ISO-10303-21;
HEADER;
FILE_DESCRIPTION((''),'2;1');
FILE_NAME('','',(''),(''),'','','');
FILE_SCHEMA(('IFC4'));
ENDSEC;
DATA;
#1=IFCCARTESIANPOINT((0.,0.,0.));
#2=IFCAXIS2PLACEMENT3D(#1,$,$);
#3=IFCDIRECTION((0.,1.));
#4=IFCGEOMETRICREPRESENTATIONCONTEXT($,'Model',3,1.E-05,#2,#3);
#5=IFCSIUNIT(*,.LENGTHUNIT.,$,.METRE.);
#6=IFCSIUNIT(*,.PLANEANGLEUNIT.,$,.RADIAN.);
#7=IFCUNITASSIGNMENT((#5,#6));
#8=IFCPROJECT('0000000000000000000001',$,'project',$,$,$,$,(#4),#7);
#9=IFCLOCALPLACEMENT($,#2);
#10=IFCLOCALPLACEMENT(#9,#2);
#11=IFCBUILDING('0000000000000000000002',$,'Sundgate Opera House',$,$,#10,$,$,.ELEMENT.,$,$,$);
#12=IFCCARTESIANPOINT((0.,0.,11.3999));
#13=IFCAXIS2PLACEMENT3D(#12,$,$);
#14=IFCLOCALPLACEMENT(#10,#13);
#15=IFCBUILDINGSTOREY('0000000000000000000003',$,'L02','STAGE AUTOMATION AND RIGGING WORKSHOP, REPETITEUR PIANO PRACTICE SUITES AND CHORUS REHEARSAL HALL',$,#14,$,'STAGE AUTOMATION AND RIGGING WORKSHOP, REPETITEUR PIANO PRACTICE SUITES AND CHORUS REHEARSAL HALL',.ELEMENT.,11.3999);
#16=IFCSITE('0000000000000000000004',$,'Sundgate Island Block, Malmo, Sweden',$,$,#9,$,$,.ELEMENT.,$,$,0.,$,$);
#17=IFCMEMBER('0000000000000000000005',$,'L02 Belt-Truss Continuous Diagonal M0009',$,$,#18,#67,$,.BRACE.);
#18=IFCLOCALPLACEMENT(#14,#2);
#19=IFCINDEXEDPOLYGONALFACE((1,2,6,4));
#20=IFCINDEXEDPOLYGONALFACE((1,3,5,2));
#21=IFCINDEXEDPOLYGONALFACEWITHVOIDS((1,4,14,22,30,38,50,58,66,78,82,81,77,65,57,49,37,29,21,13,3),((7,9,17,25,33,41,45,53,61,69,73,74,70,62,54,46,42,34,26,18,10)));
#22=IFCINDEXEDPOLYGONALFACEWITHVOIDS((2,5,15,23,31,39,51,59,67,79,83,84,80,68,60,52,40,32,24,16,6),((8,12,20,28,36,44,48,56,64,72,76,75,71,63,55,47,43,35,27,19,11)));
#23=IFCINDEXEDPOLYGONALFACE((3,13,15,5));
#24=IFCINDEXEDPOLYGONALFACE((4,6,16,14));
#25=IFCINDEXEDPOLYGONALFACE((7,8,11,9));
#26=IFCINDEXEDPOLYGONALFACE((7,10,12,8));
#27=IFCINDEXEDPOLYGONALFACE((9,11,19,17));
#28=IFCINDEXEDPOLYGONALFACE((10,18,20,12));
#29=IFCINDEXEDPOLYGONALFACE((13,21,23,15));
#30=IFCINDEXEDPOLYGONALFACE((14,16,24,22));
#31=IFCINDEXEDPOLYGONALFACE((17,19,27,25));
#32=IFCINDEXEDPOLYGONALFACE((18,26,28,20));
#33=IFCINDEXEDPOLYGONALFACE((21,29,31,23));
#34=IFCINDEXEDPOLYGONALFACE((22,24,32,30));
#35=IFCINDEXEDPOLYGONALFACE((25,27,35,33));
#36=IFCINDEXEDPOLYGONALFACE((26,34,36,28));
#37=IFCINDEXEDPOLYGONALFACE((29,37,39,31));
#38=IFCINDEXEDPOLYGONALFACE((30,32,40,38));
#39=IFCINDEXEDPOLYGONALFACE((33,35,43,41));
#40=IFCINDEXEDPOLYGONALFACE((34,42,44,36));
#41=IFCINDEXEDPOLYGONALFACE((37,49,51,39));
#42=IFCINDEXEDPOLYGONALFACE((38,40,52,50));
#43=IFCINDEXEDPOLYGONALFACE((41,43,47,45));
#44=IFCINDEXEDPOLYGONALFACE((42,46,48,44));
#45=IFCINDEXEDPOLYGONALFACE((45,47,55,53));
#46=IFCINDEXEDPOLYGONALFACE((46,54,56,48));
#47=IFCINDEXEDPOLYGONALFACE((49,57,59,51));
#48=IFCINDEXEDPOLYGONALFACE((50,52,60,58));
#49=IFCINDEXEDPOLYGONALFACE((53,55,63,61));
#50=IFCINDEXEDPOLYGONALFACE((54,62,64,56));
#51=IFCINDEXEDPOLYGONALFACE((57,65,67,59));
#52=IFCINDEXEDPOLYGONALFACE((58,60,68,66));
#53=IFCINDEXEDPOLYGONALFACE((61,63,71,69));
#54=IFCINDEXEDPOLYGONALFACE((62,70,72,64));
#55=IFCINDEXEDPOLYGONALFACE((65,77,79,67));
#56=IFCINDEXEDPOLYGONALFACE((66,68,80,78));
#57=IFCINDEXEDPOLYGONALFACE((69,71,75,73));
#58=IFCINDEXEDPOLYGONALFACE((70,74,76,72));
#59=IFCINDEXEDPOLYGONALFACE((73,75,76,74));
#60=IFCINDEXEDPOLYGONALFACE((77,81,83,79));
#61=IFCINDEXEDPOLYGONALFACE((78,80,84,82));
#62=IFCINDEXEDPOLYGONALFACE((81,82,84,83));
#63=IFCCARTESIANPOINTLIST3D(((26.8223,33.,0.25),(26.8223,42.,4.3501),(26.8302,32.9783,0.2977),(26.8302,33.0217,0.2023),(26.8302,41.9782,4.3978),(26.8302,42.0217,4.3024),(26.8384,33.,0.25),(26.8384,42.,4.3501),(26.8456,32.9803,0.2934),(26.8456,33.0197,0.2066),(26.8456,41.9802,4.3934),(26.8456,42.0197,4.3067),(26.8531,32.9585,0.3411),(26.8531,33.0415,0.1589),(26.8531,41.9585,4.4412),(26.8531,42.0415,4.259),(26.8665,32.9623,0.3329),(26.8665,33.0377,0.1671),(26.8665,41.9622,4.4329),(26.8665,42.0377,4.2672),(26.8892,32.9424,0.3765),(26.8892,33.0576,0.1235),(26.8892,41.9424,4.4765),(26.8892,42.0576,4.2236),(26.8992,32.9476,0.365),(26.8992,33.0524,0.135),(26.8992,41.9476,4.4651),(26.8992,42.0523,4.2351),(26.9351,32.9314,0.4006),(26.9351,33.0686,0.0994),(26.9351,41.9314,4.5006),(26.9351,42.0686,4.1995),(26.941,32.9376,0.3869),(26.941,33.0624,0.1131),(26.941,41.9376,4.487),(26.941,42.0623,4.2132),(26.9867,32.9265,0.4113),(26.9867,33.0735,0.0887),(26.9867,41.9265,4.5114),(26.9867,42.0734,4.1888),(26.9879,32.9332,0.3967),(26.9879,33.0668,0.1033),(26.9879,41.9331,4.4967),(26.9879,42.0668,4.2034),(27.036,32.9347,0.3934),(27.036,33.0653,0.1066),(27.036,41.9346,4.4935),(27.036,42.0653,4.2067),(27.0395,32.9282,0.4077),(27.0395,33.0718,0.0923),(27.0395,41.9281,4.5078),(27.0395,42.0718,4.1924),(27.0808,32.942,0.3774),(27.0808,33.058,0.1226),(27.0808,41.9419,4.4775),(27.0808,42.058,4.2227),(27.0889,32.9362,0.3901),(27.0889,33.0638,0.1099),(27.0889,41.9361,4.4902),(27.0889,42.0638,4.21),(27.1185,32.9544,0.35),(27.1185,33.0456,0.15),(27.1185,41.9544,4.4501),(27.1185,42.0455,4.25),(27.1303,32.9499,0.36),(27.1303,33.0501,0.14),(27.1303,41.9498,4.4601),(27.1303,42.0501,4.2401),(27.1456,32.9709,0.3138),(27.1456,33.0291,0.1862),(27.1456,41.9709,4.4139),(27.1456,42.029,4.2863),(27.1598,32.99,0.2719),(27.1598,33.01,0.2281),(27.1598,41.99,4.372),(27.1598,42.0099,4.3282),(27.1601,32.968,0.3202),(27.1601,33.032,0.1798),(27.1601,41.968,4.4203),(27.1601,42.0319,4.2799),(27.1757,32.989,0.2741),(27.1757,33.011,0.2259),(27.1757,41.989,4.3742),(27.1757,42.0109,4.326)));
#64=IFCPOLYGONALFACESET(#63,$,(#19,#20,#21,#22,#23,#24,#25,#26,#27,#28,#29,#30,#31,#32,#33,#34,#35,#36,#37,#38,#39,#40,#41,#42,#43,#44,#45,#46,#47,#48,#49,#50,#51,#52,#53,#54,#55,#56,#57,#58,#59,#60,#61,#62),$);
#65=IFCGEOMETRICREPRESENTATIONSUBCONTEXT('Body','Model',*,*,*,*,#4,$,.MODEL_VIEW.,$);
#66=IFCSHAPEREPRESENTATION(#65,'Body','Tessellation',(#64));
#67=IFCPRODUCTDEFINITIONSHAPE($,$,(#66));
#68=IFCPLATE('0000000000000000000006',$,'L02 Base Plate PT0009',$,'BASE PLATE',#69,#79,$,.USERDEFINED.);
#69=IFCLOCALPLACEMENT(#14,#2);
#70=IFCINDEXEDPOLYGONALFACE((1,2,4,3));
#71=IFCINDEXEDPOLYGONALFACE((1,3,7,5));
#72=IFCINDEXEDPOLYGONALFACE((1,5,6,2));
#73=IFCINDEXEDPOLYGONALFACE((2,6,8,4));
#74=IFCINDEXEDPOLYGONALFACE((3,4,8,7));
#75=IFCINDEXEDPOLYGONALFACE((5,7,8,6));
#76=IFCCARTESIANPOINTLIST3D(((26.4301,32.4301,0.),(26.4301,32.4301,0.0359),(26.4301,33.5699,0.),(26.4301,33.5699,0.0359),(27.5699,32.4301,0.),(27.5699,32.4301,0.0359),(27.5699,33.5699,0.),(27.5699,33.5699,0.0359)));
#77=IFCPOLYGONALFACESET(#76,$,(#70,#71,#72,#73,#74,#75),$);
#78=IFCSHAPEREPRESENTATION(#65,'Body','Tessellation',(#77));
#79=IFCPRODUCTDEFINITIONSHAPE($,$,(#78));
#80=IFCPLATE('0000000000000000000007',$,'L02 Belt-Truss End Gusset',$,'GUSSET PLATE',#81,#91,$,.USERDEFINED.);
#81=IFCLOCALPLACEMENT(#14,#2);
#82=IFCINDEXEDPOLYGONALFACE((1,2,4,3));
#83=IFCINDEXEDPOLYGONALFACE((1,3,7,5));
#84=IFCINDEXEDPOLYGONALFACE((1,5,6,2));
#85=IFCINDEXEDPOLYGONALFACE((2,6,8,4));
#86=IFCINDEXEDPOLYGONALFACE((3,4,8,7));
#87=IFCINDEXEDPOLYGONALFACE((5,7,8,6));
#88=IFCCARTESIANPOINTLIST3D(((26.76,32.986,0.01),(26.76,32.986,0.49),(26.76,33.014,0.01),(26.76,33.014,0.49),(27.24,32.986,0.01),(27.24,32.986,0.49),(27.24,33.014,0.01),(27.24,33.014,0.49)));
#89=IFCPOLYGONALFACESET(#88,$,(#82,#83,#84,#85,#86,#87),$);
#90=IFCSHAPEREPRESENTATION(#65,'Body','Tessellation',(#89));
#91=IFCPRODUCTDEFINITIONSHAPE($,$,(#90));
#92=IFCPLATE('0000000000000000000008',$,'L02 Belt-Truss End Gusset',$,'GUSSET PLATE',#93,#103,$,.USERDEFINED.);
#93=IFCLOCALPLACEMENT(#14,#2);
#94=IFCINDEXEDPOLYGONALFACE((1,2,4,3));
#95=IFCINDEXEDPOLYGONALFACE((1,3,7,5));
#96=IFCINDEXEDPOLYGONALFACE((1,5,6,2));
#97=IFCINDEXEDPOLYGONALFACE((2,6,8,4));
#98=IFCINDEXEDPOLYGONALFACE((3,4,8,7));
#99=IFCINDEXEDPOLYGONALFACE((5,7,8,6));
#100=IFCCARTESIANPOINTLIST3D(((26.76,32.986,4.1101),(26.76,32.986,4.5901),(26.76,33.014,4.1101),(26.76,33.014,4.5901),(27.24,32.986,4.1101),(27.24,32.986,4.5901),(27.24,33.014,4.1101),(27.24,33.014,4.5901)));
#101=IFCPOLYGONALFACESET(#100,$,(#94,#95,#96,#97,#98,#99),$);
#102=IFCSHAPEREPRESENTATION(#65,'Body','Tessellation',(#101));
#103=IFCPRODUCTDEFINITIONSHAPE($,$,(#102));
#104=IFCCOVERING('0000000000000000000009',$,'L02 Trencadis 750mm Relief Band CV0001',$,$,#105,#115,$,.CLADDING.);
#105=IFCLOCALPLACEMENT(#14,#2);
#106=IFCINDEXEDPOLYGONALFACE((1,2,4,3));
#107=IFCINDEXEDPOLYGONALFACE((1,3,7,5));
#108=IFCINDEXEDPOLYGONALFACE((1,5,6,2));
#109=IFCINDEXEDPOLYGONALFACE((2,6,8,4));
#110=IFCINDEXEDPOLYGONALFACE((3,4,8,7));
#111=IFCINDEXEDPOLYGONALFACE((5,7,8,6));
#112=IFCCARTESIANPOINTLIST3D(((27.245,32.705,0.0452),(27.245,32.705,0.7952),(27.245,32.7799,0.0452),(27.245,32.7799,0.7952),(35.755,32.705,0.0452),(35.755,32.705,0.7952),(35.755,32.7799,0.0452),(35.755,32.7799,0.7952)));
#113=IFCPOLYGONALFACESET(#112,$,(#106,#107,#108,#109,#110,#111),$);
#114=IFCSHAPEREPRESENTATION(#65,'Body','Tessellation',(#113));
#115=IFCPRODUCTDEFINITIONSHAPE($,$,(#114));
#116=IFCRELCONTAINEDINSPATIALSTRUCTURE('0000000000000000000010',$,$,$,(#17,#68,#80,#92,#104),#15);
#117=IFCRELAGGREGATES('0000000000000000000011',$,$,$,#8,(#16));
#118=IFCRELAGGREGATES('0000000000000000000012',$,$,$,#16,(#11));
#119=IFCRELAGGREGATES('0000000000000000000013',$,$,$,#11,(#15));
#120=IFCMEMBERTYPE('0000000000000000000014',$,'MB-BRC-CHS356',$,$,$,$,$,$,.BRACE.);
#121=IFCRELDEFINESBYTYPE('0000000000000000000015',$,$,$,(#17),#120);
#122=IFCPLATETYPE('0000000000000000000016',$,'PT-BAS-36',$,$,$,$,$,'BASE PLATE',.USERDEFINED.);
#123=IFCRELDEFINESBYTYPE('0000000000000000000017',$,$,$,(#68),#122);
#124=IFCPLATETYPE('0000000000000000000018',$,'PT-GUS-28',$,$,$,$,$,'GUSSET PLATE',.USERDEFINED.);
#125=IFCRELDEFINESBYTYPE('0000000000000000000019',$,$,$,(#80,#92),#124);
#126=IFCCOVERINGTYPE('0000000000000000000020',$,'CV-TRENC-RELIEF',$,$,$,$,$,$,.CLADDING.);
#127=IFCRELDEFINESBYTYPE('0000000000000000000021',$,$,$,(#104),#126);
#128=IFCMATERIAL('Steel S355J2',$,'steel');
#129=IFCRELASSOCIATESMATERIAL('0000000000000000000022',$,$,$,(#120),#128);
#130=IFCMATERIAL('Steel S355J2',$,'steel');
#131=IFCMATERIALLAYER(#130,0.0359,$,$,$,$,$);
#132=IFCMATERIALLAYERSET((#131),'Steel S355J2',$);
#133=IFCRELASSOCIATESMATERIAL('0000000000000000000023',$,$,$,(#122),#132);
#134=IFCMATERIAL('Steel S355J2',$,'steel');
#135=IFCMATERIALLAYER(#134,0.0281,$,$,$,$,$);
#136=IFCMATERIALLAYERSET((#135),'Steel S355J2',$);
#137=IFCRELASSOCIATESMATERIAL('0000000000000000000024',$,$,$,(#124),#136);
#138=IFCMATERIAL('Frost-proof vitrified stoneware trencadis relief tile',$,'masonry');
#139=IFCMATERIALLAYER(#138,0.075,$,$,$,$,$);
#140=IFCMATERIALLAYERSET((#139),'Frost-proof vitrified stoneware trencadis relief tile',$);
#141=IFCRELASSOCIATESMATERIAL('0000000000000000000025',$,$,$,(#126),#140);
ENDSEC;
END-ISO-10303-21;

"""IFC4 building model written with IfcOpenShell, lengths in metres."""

from ifc_helpers import new_model, si_unit, direction, frame, origin, origin_2d, place, context, subcontext, project, spatial, rectangle, hollow_circle, extrude, material, layer, layer_set, material_profile, profile_set, type_object, element, save


model = new_model("IFC4")

# Units and contexts
model_context = context("Model", 3, precision=1e-05, world=origin(), true_north=direction((0.0, 1.0)))
body_context = subcontext(model_context, "Body", "Model", "MODEL_VIEW")
ifc_project = project(units=[si_unit("LENGTHUNIT", "METRE"), si_unit("PLANEANGLEUNIT", "RADIAN")], contexts=[model_context])

# Site, building, storey
site_placement = place(None, origin())
site = spatial("IfcSite", under=ifc_project, at=site_placement, Name="Sundgate Island Block, Malmo, Sweden", CompositionType="ELEMENT", RefElevation=0.0)
building_placement = place(site_placement, origin())
building = spatial("IfcBuilding", under=site, at=building_placement, Name="Sundgate Opera House", CompositionType="ELEMENT")
storey_placement = place(building_placement, frame((0.0, 0.0, 11.3999)))
storey = spatial("IfcBuildingStorey", under=building, at=storey_placement, Name="L02", Description="STAGE AUTOMATION AND RIGGING WORKSHOP, REPETITEUR PIANO PRACTICE SUITES AND CHORUS REHEARSAL HALL", LongName="STAGE AUTOMATION AND RIGGING WORKSHOP, REPETITEUR PIANO PRACTICE SUITES AND CHORUS REHEARSAL HALL", CompositionType="ELEMENT", Elevation=11.3999)

# Member
ifc_material_1 = material(Name="Steel S355J2", Category="steel")
ifc_material_profile_1 = material_profile(ifc_material_1, hollow_circle(Radius=0.1777, WallThickness=0.0161, at=origin_2d()), Name="CHS 355.6x16.0")
ifc_profile_set_1 = profile_set([ifc_material_profile_1], Name="Steel S355J2")
member_type = type_object("IfcMemberType", Name="MB-BRC-CHS356", PredefinedType="BRACE", material=ifc_profile_set_1)
for number, where, z_axis, x_axis, name in (
    (1, (27.0, 33.0, 0.25), (0.0, 0.910016, 0.414573), (-1.0, 0.0, 0.0), "L02 Belt-Truss Continuous Diagonal M0009"),
):
    element("IfcMember", number, at=place(storey_placement, frame(where, z_axis=z_axis, x_axis=x_axis)), inside=storey, type_object=member_type, Name=name, PredefinedType="BRACE", context=body_context, shape_type="SweptSolid", body=[
        extrude(hollow_circle(Radius=0.1777, WallThickness=0.0161, at=origin_2d()), origin(), (0.0, 0.0, 1.0), 9.8899),
    ])

# Plates
ifc_material_2 = material(Name="Steel S355J2", Category="steel")
ifc_layer_1 = layer(ifc_material_2, 0.0359)
ifc_layer_set_1 = layer_set([ifc_layer_1], Name="Steel S355J2")
plate_type_1 = type_object("IfcPlateType", Name="PT-BAS-36", ElementType="BASE PLATE", PredefinedType="USERDEFINED", material=ifc_layer_set_1)
plate_placement = place(storey_placement, frame((27.0, 33.0, 0.0), z_axis=(0.0, 0.0, 1.0), x_axis=(1.0, 0.0, 0.0)))
element("IfcPlate", 2, at=plate_placement, inside=storey, type_object=plate_type_1, Name="L02 Base Plate PT0009", ObjectType="BASE PLATE", PredefinedType="USERDEFINED", context=body_context, shape_type="SweptSolid", body=[
    extrude(rectangle(XDim=1.1399, YDim=1.1399, at=origin_2d()), origin(), (0.0, 0.0, 1.0), 0.0359),
])
ifc_material_3 = material(Name="Steel S355J2", Category="steel")
ifc_layer_2 = layer(ifc_material_3, 0.0281)
ifc_layer_set_2 = layer_set([ifc_layer_2], Name="Steel S355J2")
plate_type_2 = type_object("IfcPlateType", Name="PT-GUS-28", ElementType="GUSSET PLATE", PredefinedType="USERDEFINED", material=ifc_layer_set_2)
for number, where, z_axis, x_axis, name in (
    (3, (27.0, 33.0, 0.01), (0.0, 0.0, 1.0), (1.0, 0.0, 0.0), "L02 Belt-Truss End Gusset"),
    (4, (27.0, 33.0, 4.1101), (0.0, 0.0, 1.0), (1.0, 0.0, 0.0), "L02 Belt-Truss End Gusset"),
):
    element("IfcPlate", number, at=place(storey_placement, frame(where, z_axis=z_axis, x_axis=x_axis)), inside=storey, type_object=plate_type_2, Name=name, ObjectType="GUSSET PLATE", PredefinedType="USERDEFINED", context=body_context, shape_type="SweptSolid", body=[
        extrude(rectangle(XDim=0.48, YDim=0.0281, at=origin_2d()), origin(), (0.0, 0.0, 1.0), 0.48),
    ])

# Covering
ifc_material_4 = material(Name="Frost-proof vitrified stoneware trencadis relief tile", Category="masonry")
ifc_layer_3 = layer(ifc_material_4, 0.075)
ifc_layer_set_3 = layer_set([ifc_layer_3], Name="Frost-proof vitrified stoneware trencadis relief tile")
covering_type = type_object("IfcCoveringType", Name="CV-TRENC-RELIEF", PredefinedType="CLADDING", material=ifc_layer_set_3)
covering_placement = place(storey_placement, frame((31.5, 32.7424, 0.0452), z_axis=(0.0, 0.0, 1.0), x_axis=(1.0, 0.0, 0.0)))
element("IfcCovering", 5, at=covering_placement, inside=storey, type_object=covering_type, Name="L02 Trencadis 750mm Relief Band CV0001", PredefinedType="CLADDING", context=body_context, shape_type="SweptSolid", body=[
    extrude(rectangle(XDim=8.51, YDim=0.075, at=origin_2d()), origin(), (0.0, 0.0, 1.0), 0.75),
])

save(model, "model.ifc")
